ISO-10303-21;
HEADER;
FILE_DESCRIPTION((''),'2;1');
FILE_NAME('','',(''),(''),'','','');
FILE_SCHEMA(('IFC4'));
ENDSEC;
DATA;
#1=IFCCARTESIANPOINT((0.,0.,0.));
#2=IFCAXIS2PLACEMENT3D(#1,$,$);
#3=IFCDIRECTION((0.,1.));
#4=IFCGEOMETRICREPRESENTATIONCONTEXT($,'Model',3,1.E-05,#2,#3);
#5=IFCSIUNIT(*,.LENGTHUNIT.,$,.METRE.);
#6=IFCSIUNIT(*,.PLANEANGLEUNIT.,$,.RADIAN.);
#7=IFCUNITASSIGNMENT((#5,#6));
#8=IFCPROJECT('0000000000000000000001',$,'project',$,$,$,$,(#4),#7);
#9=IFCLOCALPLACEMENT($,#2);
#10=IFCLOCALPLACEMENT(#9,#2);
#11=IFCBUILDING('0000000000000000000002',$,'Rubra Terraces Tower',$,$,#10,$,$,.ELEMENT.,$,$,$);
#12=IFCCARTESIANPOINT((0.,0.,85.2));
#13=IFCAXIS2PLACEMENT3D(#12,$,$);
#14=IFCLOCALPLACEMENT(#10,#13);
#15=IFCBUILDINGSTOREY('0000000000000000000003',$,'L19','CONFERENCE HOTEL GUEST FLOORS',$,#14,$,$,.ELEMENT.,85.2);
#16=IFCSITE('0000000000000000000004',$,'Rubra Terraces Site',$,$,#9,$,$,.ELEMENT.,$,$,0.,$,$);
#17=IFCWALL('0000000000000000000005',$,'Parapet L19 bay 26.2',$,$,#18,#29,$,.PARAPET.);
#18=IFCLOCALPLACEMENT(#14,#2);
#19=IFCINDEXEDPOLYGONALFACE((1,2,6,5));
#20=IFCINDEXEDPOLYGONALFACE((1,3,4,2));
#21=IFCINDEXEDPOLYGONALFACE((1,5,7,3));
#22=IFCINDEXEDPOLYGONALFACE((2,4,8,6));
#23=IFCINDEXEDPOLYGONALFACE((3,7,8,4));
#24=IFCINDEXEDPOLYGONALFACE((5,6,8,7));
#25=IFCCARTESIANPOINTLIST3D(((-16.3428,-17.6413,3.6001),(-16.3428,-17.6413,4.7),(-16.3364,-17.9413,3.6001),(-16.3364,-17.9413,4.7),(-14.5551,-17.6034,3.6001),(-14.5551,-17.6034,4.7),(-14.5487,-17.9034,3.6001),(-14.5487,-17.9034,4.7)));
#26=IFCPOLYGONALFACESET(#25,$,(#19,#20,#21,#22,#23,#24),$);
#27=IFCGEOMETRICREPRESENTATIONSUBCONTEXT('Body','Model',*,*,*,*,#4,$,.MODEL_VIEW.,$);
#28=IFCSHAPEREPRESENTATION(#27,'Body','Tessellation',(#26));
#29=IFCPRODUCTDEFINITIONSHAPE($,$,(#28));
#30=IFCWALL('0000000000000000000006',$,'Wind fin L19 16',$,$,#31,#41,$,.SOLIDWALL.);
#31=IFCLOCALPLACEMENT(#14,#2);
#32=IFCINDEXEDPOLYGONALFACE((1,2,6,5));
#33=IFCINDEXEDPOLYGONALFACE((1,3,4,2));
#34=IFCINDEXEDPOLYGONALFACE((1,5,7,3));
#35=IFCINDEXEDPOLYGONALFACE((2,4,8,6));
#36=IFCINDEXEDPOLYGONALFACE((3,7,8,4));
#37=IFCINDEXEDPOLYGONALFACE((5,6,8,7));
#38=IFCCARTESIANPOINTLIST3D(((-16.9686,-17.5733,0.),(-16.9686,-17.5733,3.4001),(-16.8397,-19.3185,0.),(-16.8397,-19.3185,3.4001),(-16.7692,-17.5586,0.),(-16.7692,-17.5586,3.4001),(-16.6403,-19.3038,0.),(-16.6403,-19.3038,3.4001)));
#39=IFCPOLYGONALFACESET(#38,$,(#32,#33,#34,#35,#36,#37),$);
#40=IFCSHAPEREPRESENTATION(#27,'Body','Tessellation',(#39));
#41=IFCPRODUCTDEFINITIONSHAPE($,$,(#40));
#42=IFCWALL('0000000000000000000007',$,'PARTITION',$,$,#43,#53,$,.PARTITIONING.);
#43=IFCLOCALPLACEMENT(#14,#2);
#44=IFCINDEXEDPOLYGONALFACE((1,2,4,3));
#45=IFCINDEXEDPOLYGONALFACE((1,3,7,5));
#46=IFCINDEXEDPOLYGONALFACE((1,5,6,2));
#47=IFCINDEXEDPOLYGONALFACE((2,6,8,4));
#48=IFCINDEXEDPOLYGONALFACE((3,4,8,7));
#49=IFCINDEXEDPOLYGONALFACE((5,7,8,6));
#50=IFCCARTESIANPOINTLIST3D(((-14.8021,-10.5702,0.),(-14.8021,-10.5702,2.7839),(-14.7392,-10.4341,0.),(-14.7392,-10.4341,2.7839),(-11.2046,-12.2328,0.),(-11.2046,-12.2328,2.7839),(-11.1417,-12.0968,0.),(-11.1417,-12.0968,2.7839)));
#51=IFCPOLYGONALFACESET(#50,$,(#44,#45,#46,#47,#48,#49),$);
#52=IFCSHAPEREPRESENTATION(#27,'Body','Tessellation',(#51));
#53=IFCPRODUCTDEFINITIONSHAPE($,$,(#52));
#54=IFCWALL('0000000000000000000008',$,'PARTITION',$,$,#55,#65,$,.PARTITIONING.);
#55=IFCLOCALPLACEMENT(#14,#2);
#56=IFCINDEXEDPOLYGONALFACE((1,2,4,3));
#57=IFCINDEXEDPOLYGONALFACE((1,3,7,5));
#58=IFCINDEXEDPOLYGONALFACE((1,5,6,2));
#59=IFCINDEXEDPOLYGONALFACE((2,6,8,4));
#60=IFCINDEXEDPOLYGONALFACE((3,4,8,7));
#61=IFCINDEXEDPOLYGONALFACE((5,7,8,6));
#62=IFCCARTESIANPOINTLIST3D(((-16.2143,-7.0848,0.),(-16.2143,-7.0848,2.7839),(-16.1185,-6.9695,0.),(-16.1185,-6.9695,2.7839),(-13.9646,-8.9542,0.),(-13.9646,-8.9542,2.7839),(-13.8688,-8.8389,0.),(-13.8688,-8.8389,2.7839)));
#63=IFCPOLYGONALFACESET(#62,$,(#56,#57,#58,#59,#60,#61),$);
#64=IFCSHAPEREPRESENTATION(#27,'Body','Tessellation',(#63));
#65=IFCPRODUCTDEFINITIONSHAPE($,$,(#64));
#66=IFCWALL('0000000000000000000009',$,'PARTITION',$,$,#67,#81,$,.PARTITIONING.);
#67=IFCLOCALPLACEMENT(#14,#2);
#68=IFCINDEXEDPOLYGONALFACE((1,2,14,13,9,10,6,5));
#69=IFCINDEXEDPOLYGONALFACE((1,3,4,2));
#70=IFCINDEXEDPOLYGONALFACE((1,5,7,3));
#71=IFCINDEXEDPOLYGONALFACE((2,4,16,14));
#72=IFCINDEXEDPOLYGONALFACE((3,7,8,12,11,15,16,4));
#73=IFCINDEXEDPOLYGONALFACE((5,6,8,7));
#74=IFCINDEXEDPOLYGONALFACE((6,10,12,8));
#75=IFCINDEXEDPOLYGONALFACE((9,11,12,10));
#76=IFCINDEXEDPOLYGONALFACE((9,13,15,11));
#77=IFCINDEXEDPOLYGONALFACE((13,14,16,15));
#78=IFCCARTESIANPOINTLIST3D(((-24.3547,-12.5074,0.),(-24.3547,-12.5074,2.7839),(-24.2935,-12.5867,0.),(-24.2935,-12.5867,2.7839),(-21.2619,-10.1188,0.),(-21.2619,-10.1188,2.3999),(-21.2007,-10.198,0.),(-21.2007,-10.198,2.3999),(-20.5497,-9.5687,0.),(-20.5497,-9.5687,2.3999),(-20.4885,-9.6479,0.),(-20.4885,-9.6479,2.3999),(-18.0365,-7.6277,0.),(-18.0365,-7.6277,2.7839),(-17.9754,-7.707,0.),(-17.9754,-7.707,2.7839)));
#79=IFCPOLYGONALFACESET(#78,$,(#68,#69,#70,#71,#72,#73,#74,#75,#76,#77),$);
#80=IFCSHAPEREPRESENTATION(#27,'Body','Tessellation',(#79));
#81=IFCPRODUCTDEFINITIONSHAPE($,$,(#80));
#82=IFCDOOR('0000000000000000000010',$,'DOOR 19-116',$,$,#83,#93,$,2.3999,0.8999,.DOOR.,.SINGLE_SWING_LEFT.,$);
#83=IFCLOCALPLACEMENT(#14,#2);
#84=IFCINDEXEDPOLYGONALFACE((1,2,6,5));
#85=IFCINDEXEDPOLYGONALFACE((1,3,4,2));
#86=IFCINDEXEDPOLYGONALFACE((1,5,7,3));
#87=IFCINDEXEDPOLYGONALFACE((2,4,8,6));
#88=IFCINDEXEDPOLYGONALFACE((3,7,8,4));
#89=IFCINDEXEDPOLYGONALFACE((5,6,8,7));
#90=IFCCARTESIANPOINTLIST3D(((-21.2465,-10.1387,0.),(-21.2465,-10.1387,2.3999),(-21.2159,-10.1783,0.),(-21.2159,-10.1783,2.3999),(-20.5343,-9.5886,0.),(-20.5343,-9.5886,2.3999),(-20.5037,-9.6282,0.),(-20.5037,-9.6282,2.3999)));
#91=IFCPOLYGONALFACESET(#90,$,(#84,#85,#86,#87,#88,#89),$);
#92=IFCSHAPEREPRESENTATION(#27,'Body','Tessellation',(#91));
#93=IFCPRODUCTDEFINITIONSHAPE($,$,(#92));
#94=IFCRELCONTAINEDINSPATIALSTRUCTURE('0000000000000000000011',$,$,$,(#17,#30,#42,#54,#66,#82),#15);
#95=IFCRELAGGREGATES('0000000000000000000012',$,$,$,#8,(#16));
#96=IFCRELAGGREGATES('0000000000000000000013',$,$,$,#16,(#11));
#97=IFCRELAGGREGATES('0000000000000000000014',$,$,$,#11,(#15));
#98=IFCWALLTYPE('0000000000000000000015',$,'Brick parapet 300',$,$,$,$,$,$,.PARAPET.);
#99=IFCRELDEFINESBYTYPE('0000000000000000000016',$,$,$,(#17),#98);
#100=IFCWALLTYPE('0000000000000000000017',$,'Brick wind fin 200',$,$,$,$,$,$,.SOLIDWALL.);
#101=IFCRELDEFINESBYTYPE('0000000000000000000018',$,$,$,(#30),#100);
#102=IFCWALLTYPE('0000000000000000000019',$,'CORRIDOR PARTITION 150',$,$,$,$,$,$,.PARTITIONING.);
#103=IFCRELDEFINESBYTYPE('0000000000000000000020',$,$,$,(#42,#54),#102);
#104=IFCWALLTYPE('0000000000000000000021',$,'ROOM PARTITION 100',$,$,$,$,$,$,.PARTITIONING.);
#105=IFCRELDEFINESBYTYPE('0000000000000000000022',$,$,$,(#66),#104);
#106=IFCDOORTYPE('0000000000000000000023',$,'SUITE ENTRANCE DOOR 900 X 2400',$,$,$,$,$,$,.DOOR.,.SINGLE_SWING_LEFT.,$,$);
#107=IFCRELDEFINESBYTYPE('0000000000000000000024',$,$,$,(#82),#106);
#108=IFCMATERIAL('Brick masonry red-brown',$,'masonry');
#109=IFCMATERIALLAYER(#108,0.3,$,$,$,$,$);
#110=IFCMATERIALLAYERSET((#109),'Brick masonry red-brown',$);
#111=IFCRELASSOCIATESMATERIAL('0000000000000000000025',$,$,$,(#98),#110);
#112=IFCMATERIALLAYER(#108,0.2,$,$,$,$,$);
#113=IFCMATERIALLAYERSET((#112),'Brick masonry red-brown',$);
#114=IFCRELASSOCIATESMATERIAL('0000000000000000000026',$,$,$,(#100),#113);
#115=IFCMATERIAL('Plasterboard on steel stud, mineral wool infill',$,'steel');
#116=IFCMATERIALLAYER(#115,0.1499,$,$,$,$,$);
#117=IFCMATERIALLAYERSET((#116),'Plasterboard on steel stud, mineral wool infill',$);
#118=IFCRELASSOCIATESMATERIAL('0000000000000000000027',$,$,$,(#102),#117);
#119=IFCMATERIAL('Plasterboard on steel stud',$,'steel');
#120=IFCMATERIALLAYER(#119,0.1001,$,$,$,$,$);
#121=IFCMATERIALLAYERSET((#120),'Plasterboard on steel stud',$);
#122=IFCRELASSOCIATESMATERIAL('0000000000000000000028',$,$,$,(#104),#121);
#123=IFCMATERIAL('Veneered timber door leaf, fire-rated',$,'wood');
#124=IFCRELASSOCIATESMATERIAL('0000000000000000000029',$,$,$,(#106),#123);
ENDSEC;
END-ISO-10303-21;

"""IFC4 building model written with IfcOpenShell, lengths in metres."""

from ifc_helpers import new_model, si_unit, direction, frame, frame_2d, origin, place, context, subcontext, project, spatial, rectangle, extrude, material, layer, layer_set, type_object, element, fill, save


model = new_model("IFC4")

# Units and contexts
model_context = context("Model", 3, precision=1e-05, world=origin(), true_north=direction((0.0, 1.0)))
body_context = subcontext(model_context, "Body", "Model", "MODEL_VIEW")
ifc_project = project(units=[si_unit("LENGTHUNIT", "METRE"), si_unit("PLANEANGLEUNIT", "RADIAN")], contexts=[model_context])

# Site, building, storey
site_placement = place(None, origin())
site = spatial("IfcSite", under=ifc_project, at=site_placement, Name="Rubra Terraces Site", CompositionType="ELEMENT", RefElevation=0.0)
building_placement = place(site_placement, origin())
building = spatial("IfcBuilding", under=site, at=building_placement, Name="Rubra Terraces Tower", CompositionType="ELEMENT")
storey_placement = place(building_placement, frame((0.0, 0.0, 85.2)))
storey = spatial("IfcBuildingStorey", under=building, at=storey_placement, Name="L19", Description="CONFERENCE HOTEL GUEST FLOORS", CompositionType="ELEMENT", Elevation=85.2)

# Shared definitions
ifc_material_1 = material(Name="Brick masonry red-brown", Category="masonry")

# Walls
ifc_layer_1 = layer(ifc_material_1, 0.3)
ifc_layer_set_1 = layer_set([ifc_layer_1], Name="Brick masonry red-brown")
wall_type_1 = type_object("IfcWallType", Name="Brick parapet 300", PredefinedType="PARAPET", material=ifc_layer_set_1)
wall_1_placement = place(storey_placement, frame((-16.3396, -17.7913, 3.6001), z_axis=(0.0, 0.0, 1.0), x_axis=(0.999776, 0.021164, 0.0)))
element("IfcWall", 1, at=wall_1_placement, inside=storey, type_object=wall_type_1, Name="Parapet L19 bay 26.2", PredefinedType="PARAPET", context=body_context, shape_type="SweptSolid", body=[
    extrude(rectangle(XDim=1.7881, YDim=0.3, at=frame_2d((0.894, 0.0))), origin(), (0.0, 0.0, 1.0), 1.0999),
])
ifc_layer_2 = layer(ifc_material_1, 0.2)
ifc_layer_set_2 = layer_set([ifc_layer_2], Name="Brick masonry red-brown")
wall_type_2 = type_object("IfcWallType", Name="Brick wind fin 200", PredefinedType="SOLIDWALL", material=ifc_layer_set_2)
wall_2_placement = place(storey_placement, frame((-16.8689, -17.5659, 0.0), z_axis=(0.0, 0.0, 1.0), x_axis=(0.073656, -0.997284, 0.0)))
element("IfcWall", 2, at=wall_2_placement, inside=storey, type_object=wall_type_2, Name="Wind fin L19 16", PredefinedType="SOLIDWALL", context=body_context, shape_type="SweptSolid", body=[
    extrude(rectangle(XDim=1.75, YDim=0.2, at=frame_2d((0.875, 0.0))), origin(), (0.0, 0.0, 1.0), 3.4001),
])
ifc_material_2 = material(Name="Plasterboard on steel stud, mineral wool infill", Category="steel")
ifc_layer_3 = layer(ifc_material_2, 0.1499)
ifc_layer_set_3 = layer_set([ifc_layer_3], Name="Plasterboard on steel stud, mineral wool infill")
wall_type_3 = type_object("IfcWallType", Name="CORRIDOR PARTITION 150", PredefinedType="PARTITIONING", material=ifc_layer_set_3)
wall_3_placement = place(storey_placement, frame((-14.7705, -10.5022, 0.0), z_axis=(0.0, 0.0, 1.0), x_axis=(0.907743, -0.419527, 0.0)))
element("IfcWall", 3, at=wall_3_placement, inside=storey, type_object=wall_type_3, Name="PARTITION", PredefinedType="PARTITIONING", context=body_context, shape_type="SweptSolid", body=[
    extrude(rectangle(XDim=3.9631, YDim=0.1499, at=frame_2d((1.9814, 0.0))), origin(), (0.0, 0.0, 1.0), 2.7839),
])
wall_4_placement = place(storey_placement, frame((-13.9167, -8.8965, 0.0), z_axis=(0.0, 0.0, 1.0), x_axis=(-0.76913, 0.639092, 0.0)))
element("IfcWall", 4, at=wall_4_placement, inside=storey, type_object=wall_type_3, Name="PARTITION", PredefinedType="PARTITIONING", context=body_context, shape_type="SweptSolid", body=[
    extrude(rectangle(XDim=2.925, YDim=0.1499, at=frame_2d((1.4624, 0.0))), origin(), (0.0, 0.0, 1.0), 2.7839),
])

# Wall, opening, door
ifc_material_3 = material(Name="Plasterboard on steel stud", Category="steel")
ifc_layer_4 = layer(ifc_material_3, 0.1001)
ifc_layer_set_4 = layer_set([ifc_layer_4], Name="Plasterboard on steel stud")
wall_type_4 = type_object("IfcWallType", Name="ROOM PARTITION 100", PredefinedType="PARTITIONING", material=ifc_layer_set_4)
wall_5_placement = place(storey_placement, frame((-24.3242, -12.5471, 0.0), z_axis=(0.0, 0.0, 1.0), x_axis=(0.791439, 0.611248, 0.0)))
wall_5 = element("IfcWall", 5, at=wall_5_placement, inside=storey, type_object=wall_type_4, Name="PARTITION", PredefinedType="PARTITIONING", context=body_context, shape_type="SweptSolid", body=[
    extrude(rectangle(XDim=7.9832, YDim=0.1001, at=frame_2d((3.9917, 0.0))), origin(), (0.0, 0.0, 1.0), 2.7839),
])
opening_1_placement = place(wall_5_placement, frame((3.908, 0.0, 0.0)))
opening_1 = element("IfcOpeningElement", 6, at=opening_1_placement, cuts=wall_5, PredefinedType="OPENING", context=body_context, shape_type="SweptSolid", body=[
    extrude(rectangle(XDim=0.8999, YDim=2.3999, at=frame_2d((0.45, 1.2))), frame((0.0, 0.0601, 0.0), z_axis=(0.0, -1.0, 0.0), x_axis=(1.0, 0.0, 0.0)), (0.0, 0.0, 1.0), 0.1201),
])
ifc_material_4 = material(Name="Veneered timber door leaf, fire-rated", Category="wood")
door_type = type_object("IfcDoorType", Name="SUITE ENTRANCE DOOR 900 X 2400", OperationType="SINGLE_SWING_LEFT", PredefinedType="DOOR", material=ifc_material_4)
door_placement = place(opening_1_placement, origin())
door = element("IfcDoor", 7, at=door_placement, inside=storey, type_object=door_type, Name="DOOR 19-116", OperationType="SINGLE_SWING_LEFT", OverallHeight=2.3999, OverallWidth=0.8999, PredefinedType="DOOR", context=body_context, shape_type="SweptSolid", body=[
    extrude(rectangle(XDim=0.8999, YDim=2.3999, at=frame_2d((0.45, 1.2))), frame((0.0, 0.0249, 0.0), z_axis=(0.0, -1.0, 0.0), x_axis=(1.0, 0.0, 0.0)), (0.0, 0.0, 1.0), 0.05),
])
fill(opening_1, door)

save(model, "model.ifc")
